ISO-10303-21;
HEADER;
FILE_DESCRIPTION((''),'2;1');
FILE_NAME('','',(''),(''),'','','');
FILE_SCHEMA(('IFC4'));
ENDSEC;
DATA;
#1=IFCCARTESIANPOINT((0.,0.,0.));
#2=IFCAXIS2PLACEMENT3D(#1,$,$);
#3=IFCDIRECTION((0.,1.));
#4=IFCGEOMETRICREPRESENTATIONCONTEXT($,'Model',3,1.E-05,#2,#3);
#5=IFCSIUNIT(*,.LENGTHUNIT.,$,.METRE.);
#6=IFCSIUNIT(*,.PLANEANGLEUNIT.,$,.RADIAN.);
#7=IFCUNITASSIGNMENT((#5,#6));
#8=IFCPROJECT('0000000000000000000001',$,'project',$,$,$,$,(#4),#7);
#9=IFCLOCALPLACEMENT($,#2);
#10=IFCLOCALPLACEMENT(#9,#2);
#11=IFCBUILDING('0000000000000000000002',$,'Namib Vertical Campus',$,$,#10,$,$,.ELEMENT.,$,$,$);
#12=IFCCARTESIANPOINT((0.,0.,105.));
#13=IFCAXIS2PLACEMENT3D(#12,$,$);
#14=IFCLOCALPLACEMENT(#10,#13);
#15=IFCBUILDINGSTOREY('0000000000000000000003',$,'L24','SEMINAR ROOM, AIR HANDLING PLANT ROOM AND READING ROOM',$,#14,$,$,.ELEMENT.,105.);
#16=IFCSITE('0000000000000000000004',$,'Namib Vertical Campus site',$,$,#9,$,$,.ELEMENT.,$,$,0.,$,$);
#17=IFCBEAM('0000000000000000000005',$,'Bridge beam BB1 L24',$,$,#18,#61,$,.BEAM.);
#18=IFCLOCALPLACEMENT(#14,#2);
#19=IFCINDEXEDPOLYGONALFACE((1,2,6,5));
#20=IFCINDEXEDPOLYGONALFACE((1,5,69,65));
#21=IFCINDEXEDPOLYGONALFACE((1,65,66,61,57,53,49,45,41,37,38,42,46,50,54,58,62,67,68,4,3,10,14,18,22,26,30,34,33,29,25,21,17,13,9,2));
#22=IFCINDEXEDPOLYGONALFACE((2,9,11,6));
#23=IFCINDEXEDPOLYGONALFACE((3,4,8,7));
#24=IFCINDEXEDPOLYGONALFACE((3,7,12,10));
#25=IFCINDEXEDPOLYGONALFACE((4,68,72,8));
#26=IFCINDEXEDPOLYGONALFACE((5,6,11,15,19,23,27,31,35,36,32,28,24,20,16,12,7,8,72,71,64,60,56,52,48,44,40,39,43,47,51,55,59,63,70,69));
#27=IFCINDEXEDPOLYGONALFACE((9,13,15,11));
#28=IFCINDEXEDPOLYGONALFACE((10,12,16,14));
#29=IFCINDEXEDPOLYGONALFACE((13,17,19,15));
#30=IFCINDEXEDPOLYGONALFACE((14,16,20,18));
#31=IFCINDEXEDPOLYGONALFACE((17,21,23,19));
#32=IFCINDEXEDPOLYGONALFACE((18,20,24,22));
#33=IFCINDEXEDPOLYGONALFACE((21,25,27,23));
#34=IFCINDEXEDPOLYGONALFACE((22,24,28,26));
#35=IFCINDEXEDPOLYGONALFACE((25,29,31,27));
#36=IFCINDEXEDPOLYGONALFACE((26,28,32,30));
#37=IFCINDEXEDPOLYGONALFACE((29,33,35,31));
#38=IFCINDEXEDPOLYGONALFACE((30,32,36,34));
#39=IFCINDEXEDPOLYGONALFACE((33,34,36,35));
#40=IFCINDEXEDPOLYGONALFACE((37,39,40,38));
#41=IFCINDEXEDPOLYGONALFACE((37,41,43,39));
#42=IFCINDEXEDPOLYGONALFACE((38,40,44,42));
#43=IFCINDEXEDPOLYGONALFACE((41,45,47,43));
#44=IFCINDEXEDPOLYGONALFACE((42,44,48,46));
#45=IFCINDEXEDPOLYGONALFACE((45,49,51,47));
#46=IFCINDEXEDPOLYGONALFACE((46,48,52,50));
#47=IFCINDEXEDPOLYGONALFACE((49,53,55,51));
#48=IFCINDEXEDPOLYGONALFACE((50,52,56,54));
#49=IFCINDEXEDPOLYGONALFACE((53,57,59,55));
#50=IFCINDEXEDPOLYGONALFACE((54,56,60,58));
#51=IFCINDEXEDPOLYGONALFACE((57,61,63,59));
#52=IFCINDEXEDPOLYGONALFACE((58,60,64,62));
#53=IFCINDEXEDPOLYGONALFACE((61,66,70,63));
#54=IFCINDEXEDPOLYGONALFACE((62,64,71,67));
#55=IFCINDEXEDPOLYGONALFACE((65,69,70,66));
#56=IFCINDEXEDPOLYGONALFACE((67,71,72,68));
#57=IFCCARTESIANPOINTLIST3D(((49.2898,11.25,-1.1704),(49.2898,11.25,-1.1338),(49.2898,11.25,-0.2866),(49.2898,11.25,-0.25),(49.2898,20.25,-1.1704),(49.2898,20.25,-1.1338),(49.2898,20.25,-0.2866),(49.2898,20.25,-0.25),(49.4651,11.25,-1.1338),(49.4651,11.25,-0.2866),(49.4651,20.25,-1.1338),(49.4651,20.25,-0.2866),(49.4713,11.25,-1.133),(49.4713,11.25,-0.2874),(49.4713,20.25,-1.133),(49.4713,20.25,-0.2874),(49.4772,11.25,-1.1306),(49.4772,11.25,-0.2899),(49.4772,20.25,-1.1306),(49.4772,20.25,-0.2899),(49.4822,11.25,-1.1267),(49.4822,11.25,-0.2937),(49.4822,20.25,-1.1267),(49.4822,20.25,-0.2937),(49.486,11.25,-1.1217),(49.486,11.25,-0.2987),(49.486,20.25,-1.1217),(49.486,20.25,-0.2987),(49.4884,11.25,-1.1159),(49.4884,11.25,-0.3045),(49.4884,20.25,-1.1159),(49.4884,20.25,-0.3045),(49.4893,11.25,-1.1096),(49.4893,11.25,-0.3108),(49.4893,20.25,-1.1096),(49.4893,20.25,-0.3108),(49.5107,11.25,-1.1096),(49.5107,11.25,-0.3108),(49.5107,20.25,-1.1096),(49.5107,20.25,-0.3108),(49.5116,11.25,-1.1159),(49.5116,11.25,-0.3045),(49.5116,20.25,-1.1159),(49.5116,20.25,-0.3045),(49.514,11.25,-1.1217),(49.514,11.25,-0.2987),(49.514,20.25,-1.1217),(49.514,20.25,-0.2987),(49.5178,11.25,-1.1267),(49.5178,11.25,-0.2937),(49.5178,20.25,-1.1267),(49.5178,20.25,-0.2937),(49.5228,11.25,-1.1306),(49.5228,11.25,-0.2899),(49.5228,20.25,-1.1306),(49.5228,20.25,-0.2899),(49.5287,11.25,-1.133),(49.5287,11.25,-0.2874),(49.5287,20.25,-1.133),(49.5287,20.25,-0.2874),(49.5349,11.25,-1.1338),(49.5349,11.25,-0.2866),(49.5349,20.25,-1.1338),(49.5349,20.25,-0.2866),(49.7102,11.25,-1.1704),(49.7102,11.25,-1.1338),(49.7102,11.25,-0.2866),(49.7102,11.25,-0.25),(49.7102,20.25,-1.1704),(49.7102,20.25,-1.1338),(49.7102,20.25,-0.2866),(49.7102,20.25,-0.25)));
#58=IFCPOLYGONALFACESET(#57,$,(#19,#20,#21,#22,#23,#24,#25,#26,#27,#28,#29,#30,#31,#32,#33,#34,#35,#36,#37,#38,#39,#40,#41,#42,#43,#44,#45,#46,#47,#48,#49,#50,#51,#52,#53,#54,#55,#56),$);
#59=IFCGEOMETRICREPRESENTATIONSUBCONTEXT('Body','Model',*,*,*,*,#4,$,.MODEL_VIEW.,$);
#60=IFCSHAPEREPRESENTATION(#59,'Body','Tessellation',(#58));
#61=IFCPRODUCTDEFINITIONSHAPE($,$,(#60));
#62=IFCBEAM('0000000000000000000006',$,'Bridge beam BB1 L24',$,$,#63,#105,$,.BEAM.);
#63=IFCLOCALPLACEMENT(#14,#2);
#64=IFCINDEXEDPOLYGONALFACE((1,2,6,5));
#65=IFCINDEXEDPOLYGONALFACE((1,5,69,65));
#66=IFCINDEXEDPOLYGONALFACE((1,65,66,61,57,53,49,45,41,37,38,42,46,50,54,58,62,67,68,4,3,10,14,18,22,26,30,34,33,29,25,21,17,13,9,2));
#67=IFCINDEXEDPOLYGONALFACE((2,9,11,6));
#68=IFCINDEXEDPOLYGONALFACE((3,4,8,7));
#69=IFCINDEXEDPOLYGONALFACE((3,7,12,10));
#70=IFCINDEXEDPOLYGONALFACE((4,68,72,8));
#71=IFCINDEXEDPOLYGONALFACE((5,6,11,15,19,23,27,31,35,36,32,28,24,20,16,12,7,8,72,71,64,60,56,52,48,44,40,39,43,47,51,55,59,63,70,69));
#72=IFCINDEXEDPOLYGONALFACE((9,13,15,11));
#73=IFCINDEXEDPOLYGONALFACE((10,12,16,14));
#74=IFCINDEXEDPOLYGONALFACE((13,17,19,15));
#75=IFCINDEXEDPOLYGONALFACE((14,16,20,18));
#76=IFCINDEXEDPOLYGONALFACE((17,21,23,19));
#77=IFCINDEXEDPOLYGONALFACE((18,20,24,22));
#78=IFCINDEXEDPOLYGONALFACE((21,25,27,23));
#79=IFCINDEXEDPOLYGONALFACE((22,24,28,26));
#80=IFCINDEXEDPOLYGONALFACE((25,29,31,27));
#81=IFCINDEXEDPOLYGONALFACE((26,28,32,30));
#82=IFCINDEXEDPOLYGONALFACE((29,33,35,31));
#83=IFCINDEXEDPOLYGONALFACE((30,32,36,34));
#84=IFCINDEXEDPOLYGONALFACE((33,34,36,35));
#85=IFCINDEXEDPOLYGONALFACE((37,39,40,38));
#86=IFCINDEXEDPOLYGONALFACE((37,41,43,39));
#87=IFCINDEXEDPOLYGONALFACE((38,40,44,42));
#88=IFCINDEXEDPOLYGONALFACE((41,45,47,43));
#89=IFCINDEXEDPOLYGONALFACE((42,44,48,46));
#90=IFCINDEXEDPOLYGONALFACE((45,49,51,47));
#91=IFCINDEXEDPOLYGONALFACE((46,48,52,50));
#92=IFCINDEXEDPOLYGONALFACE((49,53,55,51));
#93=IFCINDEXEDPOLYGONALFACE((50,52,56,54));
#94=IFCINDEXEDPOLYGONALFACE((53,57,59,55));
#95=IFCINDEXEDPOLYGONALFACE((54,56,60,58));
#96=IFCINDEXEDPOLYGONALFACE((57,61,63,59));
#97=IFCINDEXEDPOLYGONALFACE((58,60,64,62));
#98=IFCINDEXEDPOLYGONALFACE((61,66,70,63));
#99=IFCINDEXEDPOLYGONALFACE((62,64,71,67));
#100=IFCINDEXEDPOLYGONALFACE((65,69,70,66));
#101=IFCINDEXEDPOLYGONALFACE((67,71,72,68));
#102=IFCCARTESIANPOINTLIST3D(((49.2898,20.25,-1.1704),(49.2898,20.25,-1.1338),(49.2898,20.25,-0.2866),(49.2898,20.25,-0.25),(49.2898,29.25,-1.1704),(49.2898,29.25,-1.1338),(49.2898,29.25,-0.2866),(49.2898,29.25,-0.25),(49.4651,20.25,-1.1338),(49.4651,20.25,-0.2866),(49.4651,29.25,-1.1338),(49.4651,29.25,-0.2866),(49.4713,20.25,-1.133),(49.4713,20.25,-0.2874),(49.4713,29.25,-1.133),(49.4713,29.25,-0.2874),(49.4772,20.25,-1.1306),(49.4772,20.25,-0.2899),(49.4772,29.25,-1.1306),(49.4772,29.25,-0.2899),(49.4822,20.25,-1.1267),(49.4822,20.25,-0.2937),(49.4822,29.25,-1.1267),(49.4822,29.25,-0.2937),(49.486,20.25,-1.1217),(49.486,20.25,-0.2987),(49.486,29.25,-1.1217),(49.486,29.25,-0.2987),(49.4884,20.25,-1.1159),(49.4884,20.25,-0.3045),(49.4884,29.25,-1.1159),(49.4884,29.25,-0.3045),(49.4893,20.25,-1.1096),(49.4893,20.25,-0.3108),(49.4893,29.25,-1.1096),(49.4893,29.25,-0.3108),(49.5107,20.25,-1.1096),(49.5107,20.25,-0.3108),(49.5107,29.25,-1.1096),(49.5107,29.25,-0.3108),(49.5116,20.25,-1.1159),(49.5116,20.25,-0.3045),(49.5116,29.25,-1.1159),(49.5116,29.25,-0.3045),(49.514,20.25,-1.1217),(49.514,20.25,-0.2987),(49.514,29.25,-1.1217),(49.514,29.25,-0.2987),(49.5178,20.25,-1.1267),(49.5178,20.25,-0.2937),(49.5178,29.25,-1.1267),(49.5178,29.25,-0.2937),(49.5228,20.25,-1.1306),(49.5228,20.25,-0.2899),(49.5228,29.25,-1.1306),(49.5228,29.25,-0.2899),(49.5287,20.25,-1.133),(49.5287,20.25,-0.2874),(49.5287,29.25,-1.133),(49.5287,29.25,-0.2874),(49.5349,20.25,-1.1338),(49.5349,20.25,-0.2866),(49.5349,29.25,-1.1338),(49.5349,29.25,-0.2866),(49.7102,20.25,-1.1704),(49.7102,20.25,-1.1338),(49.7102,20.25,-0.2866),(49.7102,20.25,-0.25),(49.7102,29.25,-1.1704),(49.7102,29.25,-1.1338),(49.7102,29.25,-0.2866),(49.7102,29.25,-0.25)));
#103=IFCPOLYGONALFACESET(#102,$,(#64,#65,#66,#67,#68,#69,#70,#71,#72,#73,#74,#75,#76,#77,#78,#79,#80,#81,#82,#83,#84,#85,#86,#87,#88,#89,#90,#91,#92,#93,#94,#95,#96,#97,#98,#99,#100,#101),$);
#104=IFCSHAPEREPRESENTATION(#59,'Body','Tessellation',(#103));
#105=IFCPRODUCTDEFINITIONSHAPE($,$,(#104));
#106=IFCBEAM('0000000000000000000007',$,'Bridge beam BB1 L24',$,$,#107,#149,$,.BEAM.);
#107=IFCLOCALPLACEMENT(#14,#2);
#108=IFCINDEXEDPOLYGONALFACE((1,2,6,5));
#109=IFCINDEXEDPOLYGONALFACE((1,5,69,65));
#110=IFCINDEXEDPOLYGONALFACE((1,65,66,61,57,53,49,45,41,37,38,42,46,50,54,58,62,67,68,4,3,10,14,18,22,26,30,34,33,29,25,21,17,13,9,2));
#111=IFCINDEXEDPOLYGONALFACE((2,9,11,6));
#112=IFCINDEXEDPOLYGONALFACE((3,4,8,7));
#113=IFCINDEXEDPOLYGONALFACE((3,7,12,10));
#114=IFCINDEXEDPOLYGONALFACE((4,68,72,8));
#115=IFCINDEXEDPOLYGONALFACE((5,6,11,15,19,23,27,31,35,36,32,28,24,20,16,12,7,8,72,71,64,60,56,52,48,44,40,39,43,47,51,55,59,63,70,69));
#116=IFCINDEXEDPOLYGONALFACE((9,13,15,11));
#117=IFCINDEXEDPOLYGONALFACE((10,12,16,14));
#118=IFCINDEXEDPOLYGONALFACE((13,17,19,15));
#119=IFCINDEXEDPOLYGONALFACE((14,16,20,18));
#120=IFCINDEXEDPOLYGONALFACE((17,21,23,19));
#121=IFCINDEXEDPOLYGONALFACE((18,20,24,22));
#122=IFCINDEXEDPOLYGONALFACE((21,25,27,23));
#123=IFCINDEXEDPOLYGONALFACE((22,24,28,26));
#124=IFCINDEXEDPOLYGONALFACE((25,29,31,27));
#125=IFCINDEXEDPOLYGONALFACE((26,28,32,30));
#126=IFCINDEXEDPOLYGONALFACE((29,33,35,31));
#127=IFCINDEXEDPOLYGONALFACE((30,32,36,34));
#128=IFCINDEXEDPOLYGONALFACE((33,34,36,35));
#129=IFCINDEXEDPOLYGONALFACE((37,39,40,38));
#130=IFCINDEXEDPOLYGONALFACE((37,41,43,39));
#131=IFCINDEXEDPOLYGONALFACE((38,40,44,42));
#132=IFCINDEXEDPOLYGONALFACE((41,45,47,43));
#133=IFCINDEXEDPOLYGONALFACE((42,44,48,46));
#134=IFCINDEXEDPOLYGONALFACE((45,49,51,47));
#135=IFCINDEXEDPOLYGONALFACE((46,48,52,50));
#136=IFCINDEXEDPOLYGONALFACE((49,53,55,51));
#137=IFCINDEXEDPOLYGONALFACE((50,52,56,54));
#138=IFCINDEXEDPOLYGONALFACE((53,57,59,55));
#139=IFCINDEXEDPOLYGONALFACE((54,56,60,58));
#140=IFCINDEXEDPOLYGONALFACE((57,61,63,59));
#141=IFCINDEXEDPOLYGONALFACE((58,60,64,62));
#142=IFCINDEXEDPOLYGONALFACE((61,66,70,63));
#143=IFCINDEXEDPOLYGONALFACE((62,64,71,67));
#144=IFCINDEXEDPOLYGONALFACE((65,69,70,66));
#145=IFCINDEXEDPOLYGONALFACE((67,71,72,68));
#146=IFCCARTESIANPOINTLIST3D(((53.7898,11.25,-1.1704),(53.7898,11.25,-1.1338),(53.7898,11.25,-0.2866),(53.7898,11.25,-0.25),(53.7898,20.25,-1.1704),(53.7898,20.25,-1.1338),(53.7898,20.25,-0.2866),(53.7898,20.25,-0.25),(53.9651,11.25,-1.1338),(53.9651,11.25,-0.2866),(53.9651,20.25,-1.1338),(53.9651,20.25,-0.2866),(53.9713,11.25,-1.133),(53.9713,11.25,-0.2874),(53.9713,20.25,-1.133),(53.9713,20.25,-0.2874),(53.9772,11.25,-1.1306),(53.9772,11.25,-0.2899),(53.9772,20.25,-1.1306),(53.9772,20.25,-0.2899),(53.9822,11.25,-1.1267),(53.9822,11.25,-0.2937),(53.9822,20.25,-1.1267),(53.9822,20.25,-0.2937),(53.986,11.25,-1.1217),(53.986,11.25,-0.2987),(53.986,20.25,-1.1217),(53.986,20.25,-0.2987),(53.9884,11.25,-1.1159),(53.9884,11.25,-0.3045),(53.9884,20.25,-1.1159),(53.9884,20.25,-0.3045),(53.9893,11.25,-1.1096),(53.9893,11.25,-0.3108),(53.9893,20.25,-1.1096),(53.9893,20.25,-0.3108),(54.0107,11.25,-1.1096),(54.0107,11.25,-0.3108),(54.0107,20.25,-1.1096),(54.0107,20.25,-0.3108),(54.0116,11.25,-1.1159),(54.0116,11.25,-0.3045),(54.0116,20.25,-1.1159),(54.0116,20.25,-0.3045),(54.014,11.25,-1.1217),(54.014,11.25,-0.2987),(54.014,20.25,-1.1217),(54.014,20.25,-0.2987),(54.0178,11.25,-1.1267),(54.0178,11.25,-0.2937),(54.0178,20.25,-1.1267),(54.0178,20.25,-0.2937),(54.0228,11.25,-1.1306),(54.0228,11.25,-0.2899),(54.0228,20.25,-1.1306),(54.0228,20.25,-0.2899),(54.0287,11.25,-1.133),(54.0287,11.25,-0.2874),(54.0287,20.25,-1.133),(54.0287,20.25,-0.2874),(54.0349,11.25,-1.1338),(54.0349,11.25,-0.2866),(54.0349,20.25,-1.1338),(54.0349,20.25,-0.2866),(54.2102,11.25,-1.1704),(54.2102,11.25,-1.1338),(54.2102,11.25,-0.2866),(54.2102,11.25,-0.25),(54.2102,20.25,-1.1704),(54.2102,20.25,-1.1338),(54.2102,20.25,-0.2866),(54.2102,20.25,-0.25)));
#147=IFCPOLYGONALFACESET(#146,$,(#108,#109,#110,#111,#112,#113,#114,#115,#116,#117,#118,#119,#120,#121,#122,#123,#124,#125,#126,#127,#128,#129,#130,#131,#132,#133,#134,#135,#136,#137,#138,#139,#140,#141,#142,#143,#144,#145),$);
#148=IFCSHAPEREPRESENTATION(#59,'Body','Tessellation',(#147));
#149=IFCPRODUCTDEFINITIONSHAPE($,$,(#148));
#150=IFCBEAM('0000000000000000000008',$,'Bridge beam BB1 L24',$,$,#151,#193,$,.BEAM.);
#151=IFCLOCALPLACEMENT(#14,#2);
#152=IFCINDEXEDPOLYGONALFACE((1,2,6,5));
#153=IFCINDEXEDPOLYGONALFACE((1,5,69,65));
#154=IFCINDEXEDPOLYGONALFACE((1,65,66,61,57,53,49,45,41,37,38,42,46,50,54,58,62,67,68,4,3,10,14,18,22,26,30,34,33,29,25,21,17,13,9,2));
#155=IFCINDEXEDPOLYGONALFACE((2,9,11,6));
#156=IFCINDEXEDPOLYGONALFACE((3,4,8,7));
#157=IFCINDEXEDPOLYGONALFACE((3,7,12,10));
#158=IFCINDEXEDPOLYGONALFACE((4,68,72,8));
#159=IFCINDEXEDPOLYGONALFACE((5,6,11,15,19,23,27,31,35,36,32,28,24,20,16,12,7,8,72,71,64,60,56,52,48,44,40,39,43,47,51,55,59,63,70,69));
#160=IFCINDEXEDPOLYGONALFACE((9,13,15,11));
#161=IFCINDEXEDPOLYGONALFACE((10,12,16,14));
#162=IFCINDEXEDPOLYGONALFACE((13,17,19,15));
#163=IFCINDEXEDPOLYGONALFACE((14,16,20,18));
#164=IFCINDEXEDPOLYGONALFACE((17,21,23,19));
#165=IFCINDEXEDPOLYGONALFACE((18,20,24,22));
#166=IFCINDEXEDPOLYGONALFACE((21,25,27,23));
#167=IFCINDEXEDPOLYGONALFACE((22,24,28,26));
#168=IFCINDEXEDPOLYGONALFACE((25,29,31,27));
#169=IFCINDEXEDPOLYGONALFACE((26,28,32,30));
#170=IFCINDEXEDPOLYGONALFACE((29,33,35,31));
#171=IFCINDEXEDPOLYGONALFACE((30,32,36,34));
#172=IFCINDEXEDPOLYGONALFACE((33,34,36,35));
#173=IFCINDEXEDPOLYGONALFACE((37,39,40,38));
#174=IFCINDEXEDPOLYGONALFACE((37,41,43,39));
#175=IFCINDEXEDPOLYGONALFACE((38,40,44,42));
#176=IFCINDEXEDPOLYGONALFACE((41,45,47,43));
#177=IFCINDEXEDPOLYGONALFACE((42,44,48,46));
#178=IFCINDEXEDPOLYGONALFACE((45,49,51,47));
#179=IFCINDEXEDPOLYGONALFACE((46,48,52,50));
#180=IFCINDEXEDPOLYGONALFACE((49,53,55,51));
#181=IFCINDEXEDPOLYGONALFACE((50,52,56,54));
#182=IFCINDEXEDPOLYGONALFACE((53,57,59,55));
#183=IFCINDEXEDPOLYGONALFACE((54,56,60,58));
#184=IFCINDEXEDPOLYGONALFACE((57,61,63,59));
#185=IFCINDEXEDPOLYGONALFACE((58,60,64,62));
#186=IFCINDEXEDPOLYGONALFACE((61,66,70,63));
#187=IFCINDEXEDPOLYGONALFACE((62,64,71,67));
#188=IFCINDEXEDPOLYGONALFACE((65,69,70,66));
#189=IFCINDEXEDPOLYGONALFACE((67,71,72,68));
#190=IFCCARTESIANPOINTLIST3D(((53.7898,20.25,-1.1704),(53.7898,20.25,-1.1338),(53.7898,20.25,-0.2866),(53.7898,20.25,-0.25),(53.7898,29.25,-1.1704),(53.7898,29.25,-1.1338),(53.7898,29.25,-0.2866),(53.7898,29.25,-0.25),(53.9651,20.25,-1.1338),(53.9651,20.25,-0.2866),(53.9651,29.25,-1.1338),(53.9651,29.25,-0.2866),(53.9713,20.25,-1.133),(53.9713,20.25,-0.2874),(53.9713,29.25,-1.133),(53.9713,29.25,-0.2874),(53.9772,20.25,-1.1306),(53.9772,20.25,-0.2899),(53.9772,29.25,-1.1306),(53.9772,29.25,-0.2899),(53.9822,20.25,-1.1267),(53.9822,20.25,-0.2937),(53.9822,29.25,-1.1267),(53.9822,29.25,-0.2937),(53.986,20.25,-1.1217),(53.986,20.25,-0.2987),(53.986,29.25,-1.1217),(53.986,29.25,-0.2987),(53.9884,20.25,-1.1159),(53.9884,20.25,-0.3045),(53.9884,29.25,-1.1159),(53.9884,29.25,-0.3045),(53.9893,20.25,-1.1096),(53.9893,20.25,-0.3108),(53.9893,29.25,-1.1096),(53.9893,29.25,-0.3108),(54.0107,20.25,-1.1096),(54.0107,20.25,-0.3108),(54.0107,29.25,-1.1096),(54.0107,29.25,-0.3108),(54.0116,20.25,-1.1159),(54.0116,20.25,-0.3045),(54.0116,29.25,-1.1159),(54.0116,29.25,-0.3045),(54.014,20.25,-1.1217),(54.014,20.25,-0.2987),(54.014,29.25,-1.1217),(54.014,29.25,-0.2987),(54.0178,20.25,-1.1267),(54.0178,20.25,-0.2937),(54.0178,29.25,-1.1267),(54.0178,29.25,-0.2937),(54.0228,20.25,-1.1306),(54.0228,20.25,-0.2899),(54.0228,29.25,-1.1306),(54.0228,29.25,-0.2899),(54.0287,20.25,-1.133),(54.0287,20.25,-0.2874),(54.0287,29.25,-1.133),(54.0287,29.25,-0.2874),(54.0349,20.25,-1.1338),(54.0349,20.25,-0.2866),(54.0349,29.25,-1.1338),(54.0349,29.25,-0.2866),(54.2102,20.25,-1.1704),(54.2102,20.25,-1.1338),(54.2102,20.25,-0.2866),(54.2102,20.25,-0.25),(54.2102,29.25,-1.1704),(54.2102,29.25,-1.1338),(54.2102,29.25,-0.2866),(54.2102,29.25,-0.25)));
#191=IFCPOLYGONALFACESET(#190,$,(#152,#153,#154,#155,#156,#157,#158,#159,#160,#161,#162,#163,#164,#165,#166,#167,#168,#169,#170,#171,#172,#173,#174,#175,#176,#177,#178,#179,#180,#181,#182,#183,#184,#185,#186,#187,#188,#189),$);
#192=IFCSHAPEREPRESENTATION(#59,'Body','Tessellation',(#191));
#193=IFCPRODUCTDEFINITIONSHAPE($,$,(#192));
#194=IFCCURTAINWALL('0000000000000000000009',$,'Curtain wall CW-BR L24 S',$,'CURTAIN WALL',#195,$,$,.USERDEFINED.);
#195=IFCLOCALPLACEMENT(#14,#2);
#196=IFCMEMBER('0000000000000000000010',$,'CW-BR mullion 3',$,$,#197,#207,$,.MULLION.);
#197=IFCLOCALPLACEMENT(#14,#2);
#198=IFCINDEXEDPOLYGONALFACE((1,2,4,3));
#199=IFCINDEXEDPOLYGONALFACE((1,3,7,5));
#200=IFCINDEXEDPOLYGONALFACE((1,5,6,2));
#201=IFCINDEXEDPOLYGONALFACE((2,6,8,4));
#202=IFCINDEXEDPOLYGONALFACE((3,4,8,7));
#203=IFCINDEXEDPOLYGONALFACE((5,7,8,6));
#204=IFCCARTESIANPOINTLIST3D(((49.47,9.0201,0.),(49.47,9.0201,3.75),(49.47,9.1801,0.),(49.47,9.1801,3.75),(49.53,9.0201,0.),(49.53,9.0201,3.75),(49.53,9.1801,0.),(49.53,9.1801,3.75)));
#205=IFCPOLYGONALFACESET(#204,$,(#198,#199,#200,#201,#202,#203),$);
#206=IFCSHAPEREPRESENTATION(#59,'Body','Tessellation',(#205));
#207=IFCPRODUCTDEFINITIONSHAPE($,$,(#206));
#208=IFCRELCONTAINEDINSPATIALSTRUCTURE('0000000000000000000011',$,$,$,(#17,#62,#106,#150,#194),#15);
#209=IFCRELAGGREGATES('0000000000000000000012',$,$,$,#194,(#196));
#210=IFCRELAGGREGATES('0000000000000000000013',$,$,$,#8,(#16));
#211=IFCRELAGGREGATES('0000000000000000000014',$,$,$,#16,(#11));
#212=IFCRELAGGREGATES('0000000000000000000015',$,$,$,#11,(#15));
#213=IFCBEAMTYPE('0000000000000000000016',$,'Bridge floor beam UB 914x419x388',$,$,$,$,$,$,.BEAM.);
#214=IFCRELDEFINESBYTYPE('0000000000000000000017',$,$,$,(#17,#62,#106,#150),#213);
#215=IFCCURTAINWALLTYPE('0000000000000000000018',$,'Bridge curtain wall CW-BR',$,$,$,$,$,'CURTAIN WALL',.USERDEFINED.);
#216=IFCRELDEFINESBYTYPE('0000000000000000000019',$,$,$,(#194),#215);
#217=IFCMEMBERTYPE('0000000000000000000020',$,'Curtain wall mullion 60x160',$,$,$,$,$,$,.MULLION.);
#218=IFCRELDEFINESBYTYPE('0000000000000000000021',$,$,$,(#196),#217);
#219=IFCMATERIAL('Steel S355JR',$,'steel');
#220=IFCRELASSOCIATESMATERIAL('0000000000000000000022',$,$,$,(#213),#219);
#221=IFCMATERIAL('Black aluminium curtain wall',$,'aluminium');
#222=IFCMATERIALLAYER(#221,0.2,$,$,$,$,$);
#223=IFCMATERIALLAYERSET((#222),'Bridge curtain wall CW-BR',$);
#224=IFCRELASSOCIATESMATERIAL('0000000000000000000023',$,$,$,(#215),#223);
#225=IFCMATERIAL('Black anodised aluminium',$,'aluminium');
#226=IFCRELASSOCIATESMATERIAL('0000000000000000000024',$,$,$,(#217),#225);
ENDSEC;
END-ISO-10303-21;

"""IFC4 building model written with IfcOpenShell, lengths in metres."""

from ifc_helpers import new_model, si_unit, direction, frame, origin, origin_2d, place, context, subcontext, project, spatial, rectangle, i_section, extrude, material, layer, layer_set, material_profile, profile_set, type_object, element, aggregate, save


model = new_model("IFC4")

# Units and contexts
model_context = context("Model", 3, precision=1e-05, world=origin(), true_north=direction((0.0, 1.0)))
body_context = subcontext(model_context, "Body", "Model", "MODEL_VIEW")
ifc_project = project(units=[si_unit("LENGTHUNIT", "METRE"), si_unit("PLANEANGLEUNIT", "RADIAN")], contexts=[model_context])

# Site, building, storey
site_placement = place(None, origin())
site = spatial("IfcSite", under=ifc_project, at=site_placement, Name="Namib Vertical Campus site", CompositionType="ELEMENT", RefElevation=0.0)
building_placement = place(site_placement, origin())
building = spatial("IfcBuilding", under=site, at=building_placement, Name="Namib Vertical Campus", CompositionType="ELEMENT")
storey_placement = place(building_placement, frame((0.0, 0.0, 105.0)))
storey = spatial("IfcBuildingStorey", under=building, at=storey_placement, Name="L24", Description="SEMINAR ROOM, AIR HANDLING PLANT ROOM AND READING ROOM", CompositionType="ELEMENT", Elevation=105.0)

# Beams
ifc_material_1 = material(Name="Steel S355JR", Category="steel")
ifc_material_profile_1 = material_profile(ifc_material_1, i_section(OverallWidth=0.4204, OverallDepth=0.9204, WebThickness=0.0215, FlangeThickness=0.0366, FilletRadius=0.0242, at=origin_2d()))
ifc_profile_set_1 = profile_set([ifc_material_profile_1], Name="Steel S355JR")
beam_type = type_object("IfcBeamType", Name="Bridge floor beam UB 914x419x388", PredefinedType="BEAM", material=ifc_profile_set_1)
for number, where, z_axis, x_axis, name in (
    (1, (49.5, 11.25, -0.7102), (0.0, 1.0, 0.0), (-1.0, 0.0, 0.0), "Bridge beam BB1 L24"),
    (2, (49.5, 20.25, -0.7102), (0.0, 1.0, 0.0), (-1.0, 0.0, 0.0), "Bridge beam BB1 L24"),
    (3, (54.0, 11.25, -0.7102), (0.0, 1.0, 0.0), (-1.0, 0.0, 0.0), "Bridge beam BB1 L24"),
    (4, (54.0, 20.25, -0.7102), (0.0, 1.0, 0.0), (-1.0, 0.0, 0.0), "Bridge beam BB1 L24"),
):
    element("IfcBeam", number, at=place(storey_placement, frame(where, z_axis=z_axis, x_axis=x_axis)), inside=storey, type_object=beam_type, Name=name, PredefinedType="BEAM", context=body_context, shape_type="SweptSolid", body=[
        extrude(i_section(OverallWidth=0.4204, OverallDepth=0.9204, WebThickness=0.0215, FlangeThickness=0.0366, FilletRadius=0.0242, at=origin_2d()), origin(), (0.0, 0.0, 1.0), 9.0),
    ])

# Curtain wall, member
ifc_material_2 = material(Name="Black aluminium curtain wall", Category="aluminium")
ifc_layer_1 = layer(ifc_material_2, 0.2)
ifc_layer_set_1 = layer_set([ifc_layer_1], Name="Bridge curtain wall CW-BR")
curtain_wall_type = type_object("IfcCurtainWallType", Name="Bridge curtain wall CW-BR", ElementType="CURTAIN WALL", PredefinedType="USERDEFINED", material=ifc_layer_set_1)
curtain_wall_placement = place(storey_placement, origin())
curtain_wall = element("IfcCurtainWall", 5, at=curtain_wall_placement, inside=storey, type_object=curtain_wall_type, Name="Curtain wall CW-BR L24 S", ObjectType="CURTAIN WALL", PredefinedType="USERDEFINED")
ifc_material_3 = material(Name="Black anodised aluminium", Category="aluminium")
ifc_material_profile_2 = material_profile(ifc_material_3, rectangle(XDim=0.0601, YDim=0.1599, at=origin_2d()))
ifc_profile_set_2 = profile_set([ifc_material_profile_2], Name="Black anodised aluminium")
member_type_1 = type_object("IfcMemberType", Name="Curtain wall mullion 60x160", PredefinedType="MULLION", material=ifc_profile_set_2)
member_1_placement = place(storey_placement, frame((49.5, 9.1001, 0.0), z_axis=(0.0, 0.0, 1.0), x_axis=(1.0, 0.0, 0.0)))
member_1 = element("IfcMember", 6, at=member_1_placement, type_object=member_type_1, Name="CW-BR mullion 3", PredefinedType="MULLION", context=body_context, shape_type="SweptSolid", body=[
    extrude(rectangle(XDim=0.0601, YDim=0.1599, at=origin_2d()), origin(), (0.0, 0.0, 1.0), 3.75),
])

aggregate(curtain_wall, [member_1])

save(model, "model.ifc")
